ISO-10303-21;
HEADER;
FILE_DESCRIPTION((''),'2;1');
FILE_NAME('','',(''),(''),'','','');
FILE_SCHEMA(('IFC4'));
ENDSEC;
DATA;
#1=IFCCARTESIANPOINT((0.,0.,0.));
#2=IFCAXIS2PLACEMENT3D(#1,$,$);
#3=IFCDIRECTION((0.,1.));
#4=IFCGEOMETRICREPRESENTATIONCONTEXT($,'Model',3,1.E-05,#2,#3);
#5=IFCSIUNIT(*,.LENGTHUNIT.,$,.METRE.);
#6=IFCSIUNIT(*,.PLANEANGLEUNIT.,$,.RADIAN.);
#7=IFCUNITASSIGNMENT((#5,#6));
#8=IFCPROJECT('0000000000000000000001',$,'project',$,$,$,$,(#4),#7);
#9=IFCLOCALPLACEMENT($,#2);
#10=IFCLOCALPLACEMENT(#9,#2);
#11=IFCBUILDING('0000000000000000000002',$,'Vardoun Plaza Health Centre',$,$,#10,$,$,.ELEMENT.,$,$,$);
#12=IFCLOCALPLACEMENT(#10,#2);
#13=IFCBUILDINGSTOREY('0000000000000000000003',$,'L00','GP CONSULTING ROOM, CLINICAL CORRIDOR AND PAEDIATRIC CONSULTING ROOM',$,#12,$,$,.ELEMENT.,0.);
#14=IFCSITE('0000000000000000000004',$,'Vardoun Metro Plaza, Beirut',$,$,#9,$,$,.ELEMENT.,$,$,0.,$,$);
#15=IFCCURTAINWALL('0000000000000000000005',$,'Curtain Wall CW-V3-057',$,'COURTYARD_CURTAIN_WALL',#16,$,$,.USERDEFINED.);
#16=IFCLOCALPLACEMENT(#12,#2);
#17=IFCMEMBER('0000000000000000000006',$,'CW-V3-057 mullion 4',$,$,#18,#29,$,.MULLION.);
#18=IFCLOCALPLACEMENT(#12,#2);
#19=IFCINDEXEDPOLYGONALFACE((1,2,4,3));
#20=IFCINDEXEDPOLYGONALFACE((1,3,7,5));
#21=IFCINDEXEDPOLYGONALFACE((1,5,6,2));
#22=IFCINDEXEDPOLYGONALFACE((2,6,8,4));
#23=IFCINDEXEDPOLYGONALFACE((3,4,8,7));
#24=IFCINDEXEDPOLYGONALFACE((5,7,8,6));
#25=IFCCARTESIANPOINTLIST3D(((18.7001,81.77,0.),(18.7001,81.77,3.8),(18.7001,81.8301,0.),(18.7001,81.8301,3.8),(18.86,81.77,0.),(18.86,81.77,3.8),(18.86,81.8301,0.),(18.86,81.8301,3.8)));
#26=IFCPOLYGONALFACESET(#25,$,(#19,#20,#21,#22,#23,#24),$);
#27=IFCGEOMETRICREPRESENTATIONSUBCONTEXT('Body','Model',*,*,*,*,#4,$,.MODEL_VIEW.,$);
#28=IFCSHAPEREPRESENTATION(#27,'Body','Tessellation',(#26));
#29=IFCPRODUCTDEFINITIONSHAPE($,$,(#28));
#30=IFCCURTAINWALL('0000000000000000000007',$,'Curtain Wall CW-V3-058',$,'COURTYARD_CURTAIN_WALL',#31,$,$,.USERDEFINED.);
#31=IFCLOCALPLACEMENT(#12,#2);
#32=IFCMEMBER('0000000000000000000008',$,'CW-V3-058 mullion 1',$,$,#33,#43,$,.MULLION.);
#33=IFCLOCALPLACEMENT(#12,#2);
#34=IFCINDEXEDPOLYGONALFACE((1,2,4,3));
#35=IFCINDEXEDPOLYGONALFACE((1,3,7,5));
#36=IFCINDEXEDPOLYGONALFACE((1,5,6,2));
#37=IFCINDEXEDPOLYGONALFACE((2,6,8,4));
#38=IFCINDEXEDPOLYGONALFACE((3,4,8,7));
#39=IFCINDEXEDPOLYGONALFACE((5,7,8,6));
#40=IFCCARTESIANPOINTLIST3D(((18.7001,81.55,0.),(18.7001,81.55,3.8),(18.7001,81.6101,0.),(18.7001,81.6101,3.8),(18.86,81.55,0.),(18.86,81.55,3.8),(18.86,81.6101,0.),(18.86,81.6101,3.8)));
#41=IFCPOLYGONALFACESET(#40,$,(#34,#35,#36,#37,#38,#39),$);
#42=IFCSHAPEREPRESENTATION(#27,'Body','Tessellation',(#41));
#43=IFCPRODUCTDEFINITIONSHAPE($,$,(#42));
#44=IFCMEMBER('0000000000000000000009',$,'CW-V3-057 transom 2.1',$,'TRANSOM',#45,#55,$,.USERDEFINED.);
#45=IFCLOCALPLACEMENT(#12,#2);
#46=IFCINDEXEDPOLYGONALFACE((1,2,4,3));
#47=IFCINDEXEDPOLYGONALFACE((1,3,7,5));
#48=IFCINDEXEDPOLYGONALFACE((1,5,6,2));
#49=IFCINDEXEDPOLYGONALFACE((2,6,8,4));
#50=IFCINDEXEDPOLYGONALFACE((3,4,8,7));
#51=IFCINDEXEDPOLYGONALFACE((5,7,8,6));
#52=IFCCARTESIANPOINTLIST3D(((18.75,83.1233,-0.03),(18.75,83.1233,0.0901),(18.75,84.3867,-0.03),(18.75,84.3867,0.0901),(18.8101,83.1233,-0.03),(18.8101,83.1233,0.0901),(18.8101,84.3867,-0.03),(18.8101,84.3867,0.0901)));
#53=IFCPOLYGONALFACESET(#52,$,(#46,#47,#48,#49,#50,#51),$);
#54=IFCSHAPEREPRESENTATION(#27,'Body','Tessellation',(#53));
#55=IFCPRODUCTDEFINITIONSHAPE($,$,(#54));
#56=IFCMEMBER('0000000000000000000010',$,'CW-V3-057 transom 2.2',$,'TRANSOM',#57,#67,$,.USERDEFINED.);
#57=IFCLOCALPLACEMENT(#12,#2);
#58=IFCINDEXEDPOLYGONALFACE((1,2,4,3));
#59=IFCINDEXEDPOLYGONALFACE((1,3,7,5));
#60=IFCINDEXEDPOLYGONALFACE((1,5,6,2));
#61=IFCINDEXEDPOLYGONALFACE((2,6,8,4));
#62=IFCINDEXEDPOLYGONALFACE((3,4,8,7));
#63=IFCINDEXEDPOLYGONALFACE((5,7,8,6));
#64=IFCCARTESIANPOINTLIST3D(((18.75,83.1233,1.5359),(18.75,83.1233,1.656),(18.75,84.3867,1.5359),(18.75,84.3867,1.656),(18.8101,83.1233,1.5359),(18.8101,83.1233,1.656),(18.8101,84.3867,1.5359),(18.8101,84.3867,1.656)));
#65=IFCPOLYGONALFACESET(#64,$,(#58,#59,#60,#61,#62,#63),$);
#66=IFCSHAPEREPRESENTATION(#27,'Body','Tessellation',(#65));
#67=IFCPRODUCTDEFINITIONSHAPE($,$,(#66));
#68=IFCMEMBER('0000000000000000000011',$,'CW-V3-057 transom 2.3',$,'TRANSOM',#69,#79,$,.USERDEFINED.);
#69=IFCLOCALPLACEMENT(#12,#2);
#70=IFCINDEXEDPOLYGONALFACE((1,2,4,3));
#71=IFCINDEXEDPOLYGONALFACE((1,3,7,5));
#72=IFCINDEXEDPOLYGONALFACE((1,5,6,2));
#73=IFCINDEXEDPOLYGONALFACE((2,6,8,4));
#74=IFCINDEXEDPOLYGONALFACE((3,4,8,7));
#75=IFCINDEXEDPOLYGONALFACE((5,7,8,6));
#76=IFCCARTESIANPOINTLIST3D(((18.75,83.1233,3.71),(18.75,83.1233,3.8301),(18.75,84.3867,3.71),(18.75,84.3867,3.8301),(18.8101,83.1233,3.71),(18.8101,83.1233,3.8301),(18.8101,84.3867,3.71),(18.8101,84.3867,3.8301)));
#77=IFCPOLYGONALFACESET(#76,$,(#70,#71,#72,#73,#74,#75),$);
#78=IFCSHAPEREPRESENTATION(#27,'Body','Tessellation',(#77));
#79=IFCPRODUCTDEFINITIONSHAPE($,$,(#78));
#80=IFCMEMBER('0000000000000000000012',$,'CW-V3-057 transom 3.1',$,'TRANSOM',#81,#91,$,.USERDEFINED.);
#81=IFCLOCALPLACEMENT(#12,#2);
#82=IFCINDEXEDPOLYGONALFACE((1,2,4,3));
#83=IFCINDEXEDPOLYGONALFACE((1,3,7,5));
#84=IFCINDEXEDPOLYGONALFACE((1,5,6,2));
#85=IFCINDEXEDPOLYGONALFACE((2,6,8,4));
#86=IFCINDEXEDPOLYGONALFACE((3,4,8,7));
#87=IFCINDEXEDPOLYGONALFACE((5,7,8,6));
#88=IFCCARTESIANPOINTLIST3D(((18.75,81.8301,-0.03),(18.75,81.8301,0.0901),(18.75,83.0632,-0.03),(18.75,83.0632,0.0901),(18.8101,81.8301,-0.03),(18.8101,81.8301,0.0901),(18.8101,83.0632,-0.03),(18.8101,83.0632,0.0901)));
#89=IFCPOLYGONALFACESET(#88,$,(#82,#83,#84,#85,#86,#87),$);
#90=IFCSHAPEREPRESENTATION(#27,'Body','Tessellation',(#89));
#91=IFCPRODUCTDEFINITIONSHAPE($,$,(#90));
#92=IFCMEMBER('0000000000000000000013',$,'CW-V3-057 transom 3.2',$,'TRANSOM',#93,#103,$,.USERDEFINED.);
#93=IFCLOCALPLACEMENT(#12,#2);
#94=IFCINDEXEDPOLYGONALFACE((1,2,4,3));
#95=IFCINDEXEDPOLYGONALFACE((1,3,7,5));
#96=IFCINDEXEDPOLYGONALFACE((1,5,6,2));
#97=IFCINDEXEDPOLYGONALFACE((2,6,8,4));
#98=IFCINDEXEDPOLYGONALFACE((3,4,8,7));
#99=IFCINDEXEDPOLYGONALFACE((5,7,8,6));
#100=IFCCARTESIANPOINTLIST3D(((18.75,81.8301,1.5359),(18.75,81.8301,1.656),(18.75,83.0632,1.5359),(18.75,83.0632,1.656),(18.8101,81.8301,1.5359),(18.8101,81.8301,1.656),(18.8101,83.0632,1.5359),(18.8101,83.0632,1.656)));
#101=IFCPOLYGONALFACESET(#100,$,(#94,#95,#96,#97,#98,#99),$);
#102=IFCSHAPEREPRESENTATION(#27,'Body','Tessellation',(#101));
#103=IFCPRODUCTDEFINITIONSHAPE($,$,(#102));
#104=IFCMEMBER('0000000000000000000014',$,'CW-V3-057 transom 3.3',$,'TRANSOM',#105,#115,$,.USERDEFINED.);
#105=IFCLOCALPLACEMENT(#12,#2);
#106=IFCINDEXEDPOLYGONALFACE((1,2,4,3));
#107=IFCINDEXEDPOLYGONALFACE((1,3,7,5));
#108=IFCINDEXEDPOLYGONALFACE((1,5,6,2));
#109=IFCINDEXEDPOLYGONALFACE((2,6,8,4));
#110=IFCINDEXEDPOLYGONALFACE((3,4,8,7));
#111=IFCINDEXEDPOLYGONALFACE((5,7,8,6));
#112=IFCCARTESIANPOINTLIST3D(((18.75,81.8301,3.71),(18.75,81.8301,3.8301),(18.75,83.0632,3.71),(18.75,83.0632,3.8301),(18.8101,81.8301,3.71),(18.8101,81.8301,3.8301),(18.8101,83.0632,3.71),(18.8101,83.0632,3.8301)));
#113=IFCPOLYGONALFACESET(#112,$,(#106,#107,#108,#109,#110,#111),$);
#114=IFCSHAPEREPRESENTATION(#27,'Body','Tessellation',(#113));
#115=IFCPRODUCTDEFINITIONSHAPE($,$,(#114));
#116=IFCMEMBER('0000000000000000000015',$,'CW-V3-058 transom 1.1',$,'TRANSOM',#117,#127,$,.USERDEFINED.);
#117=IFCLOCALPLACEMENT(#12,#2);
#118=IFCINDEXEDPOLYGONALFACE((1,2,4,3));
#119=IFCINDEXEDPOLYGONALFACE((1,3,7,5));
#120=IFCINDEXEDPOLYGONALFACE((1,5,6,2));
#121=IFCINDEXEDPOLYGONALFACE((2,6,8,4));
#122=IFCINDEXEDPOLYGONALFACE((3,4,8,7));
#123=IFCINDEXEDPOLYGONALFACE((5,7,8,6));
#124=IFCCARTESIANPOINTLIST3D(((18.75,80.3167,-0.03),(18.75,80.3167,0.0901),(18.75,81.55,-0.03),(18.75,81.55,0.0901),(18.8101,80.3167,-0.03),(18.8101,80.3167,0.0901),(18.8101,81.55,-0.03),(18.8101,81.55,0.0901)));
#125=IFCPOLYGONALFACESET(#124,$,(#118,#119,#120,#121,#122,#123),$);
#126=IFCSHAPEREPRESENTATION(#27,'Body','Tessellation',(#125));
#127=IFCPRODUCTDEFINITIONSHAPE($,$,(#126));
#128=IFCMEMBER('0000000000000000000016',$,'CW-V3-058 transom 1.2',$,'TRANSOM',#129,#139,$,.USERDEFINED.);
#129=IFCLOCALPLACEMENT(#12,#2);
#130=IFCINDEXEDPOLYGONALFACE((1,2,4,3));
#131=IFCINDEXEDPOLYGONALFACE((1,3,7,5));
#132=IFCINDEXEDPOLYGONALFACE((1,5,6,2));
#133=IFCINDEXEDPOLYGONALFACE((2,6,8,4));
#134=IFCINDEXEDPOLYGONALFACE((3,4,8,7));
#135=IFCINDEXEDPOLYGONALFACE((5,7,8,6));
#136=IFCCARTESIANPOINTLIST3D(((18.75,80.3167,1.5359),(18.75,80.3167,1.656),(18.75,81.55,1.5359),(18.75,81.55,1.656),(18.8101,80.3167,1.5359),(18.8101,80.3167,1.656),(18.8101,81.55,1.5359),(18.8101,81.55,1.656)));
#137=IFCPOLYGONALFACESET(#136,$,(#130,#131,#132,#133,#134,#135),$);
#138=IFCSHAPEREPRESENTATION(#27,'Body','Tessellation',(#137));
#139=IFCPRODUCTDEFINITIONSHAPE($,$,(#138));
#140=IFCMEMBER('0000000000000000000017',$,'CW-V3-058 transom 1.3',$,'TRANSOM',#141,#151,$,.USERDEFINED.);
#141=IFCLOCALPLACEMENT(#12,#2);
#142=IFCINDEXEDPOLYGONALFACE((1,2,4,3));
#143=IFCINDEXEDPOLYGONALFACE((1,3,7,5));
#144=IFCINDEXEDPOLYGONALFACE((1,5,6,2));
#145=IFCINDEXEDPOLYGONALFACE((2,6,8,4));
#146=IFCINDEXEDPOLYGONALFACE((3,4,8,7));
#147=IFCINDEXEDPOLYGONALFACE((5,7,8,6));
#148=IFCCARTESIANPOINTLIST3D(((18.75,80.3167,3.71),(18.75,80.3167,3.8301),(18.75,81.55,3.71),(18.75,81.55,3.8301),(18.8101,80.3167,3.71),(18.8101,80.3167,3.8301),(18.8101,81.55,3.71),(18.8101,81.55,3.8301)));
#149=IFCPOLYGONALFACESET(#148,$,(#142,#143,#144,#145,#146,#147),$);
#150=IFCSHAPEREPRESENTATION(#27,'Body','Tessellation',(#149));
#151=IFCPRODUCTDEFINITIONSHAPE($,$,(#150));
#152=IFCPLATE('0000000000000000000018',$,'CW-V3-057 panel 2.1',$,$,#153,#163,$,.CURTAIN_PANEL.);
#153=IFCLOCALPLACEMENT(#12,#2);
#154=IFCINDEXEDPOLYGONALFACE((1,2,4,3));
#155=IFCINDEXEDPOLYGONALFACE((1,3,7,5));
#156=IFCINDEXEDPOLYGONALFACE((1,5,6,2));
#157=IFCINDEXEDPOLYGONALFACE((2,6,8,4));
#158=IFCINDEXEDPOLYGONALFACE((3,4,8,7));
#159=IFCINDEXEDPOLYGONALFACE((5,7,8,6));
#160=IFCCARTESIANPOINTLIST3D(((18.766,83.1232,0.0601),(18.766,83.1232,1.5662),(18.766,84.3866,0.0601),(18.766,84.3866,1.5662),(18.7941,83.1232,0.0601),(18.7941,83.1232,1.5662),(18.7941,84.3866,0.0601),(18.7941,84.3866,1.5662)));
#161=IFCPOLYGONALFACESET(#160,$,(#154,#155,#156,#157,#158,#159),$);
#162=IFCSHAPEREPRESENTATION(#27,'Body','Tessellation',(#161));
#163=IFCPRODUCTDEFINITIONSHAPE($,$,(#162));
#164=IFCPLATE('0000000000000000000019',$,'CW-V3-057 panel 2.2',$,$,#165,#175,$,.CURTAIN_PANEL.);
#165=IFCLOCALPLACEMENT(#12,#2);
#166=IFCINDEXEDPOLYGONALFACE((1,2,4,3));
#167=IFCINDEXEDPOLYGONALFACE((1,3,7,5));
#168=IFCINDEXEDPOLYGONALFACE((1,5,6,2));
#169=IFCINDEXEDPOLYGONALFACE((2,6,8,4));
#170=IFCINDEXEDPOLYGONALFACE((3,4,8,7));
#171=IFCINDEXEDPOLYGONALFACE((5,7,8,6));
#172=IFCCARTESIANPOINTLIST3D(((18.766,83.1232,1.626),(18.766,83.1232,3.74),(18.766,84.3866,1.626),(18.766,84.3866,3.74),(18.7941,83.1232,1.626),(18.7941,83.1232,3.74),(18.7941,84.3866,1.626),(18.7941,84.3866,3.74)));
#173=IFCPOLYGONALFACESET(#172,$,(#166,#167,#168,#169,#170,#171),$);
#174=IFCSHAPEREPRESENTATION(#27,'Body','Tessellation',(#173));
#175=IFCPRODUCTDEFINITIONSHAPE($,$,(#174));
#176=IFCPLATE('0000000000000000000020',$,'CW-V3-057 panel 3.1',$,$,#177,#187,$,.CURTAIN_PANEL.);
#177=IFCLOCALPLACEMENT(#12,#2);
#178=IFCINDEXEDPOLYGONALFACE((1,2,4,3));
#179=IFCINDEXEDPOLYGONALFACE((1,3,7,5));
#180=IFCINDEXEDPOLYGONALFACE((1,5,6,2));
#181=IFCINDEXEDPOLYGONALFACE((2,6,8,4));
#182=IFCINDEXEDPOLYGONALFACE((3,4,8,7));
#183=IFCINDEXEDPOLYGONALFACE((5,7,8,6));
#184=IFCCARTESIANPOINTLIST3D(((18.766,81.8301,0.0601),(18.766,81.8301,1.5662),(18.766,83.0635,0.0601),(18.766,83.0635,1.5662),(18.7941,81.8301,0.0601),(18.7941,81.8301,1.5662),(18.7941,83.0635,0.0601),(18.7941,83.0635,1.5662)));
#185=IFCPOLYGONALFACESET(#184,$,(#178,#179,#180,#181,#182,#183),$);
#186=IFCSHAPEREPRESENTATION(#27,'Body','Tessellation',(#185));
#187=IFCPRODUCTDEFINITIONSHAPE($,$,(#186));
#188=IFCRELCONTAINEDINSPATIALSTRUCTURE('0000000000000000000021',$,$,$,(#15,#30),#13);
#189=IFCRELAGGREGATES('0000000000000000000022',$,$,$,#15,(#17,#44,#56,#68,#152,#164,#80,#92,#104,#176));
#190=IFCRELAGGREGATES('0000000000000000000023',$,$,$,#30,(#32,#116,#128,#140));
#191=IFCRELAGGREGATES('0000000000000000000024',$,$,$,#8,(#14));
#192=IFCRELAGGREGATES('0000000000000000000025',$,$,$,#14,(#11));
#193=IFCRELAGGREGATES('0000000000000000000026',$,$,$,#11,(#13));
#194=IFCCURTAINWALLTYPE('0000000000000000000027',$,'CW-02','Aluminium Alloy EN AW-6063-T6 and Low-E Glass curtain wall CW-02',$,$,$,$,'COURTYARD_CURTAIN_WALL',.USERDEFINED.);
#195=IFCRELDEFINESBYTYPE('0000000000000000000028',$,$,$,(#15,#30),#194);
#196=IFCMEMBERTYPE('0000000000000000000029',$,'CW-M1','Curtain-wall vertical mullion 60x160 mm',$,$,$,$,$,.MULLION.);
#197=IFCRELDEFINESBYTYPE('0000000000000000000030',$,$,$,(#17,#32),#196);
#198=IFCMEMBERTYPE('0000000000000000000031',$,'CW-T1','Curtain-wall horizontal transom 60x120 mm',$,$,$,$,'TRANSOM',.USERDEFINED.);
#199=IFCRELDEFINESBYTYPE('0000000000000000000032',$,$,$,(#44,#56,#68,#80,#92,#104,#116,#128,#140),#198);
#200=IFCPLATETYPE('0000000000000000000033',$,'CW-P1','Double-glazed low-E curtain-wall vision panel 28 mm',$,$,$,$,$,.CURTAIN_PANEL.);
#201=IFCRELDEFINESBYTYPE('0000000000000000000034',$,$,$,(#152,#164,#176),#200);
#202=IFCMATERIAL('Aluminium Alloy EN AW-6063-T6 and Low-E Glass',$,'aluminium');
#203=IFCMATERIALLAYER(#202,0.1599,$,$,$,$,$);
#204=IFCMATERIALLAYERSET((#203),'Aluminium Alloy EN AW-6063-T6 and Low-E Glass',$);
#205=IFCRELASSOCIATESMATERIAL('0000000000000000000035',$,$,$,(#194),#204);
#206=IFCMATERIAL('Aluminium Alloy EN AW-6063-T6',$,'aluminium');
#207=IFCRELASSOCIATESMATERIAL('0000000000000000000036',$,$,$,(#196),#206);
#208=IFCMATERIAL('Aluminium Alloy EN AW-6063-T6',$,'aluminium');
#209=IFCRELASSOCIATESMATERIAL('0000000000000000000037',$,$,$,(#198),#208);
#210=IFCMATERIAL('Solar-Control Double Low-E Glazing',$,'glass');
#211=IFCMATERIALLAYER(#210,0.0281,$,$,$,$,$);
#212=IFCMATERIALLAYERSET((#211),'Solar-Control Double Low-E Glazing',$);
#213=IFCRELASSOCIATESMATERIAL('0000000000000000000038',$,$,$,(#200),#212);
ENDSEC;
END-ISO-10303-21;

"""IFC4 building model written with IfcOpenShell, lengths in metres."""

from ifc_helpers import new_model, si_unit, direction, frame, origin, origin_2d, place, context, subcontext, project, spatial, rectangle, extrude, material, layer, layer_set, material_profile, profile_set, type_object, element, aggregate, save


model = new_model("IFC4")

# Units and contexts
model_context = context("Model", 3, precision=1e-05, world=origin(), true_north=direction((0.0, 1.0)))
body_context = subcontext(model_context, "Body", "Model", "MODEL_VIEW")
ifc_project = project(units=[si_unit("LENGTHUNIT", "METRE"), si_unit("PLANEANGLEUNIT", "RADIAN")], contexts=[model_context])

# Site, building, storey
site_placement = place(None, origin())
site = spatial("IfcSite", under=ifc_project, at=site_placement, Name="Vardoun Metro Plaza, Beirut", CompositionType="ELEMENT", RefElevation=0.0)
building_placement = place(site_placement, origin())
building = spatial("IfcBuilding", under=site, at=building_placement, Name="Vardoun Plaza Health Centre", CompositionType="ELEMENT")
storey_placement = place(building_placement, origin())
storey = spatial("IfcBuildingStorey", under=building, at=storey_placement, Name="L00", Description="GP CONSULTING ROOM, CLINICAL CORRIDOR AND PAEDIATRIC CONSULTING ROOM", CompositionType="ELEMENT", Elevation=0.0)

# Curtain wall, member
ifc_material_1 = material(Name="Aluminium Alloy EN AW-6063-T6 and Low-E Glass", Category="aluminium")
ifc_layer_1 = layer(ifc_material_1, 0.1599)
ifc_layer_set_1 = layer_set([ifc_layer_1], Name="Aluminium Alloy EN AW-6063-T6 and Low-E Glass")
curtain_wall_type = type_object("IfcCurtainWallType", Name="CW-02", Description="Aluminium Alloy EN AW-6063-T6 and Low-E Glass curtain wall CW-02", ElementType="COURTYARD_CURTAIN_WALL", PredefinedType="USERDEFINED", material=ifc_layer_set_1)
curtain_wall_1_placement = place(storey_placement, origin())
curtain_wall_1 = element("IfcCurtainWall", 1, at=curtain_wall_1_placement, inside=storey, type_object=curtain_wall_type, Name="Curtain Wall CW-V3-057", ObjectType="COURTYARD_CURTAIN_WALL", PredefinedType="USERDEFINED")
ifc_material_2 = material(Name="Aluminium Alloy EN AW-6063-T6", Category="aluminium")
ifc_material_profile_1 = material_profile(ifc_material_2, rectangle(XDim=0.1599, YDim=0.0601, at=origin_2d()), Name="CWM 60x160")
ifc_profile_set_1 = profile_set([ifc_material_profile_1], Name="Aluminium Alloy EN AW-6063-T6")
member_type_1 = type_object("IfcMemberType", Name="CW-M1", Description="Curtain-wall vertical mullion 60x160 mm", PredefinedType="MULLION", material=ifc_profile_set_1)
member_1_placement = place(storey_placement, frame((18.78, 81.8, 0.0), z_axis=(0.0, 0.0, 1.0), x_axis=(1.0, 0.0, 0.0)))
member_1 = element("IfcMember", 2, at=member_1_placement, type_object=member_type_1, Name="CW-V3-057 mullion 4", PredefinedType="MULLION", context=body_context, shape_type="SweptSolid", body=[
    extrude(rectangle(XDim=0.1599, YDim=0.0601, at=origin_2d()), origin(), (0.0, 0.0, 1.0), 3.8),
])

# Curtain wall, member
curtain_wall_2_placement = place(storey_placement, origin())
curtain_wall_2 = element("IfcCurtainWall", 3, at=curtain_wall_2_placement, inside=storey, type_object=curtain_wall_type, Name="Curtain Wall CW-V3-058", ObjectType="COURTYARD_CURTAIN_WALL", PredefinedType="USERDEFINED")
member_2_placement = place(storey_placement, frame((18.78, 81.5801, 0.0), z_axis=(0.0, 0.0, 1.0), x_axis=(1.0, 0.0, 0.0)))
member_2 = element("IfcMember", 4, at=member_2_placement, type_object=member_type_1, Name="CW-V3-058 mullion 1", PredefinedType="MULLION", context=body_context, shape_type="SweptSolid", body=[
    extrude(rectangle(XDim=0.1599, YDim=0.0601, at=origin_2d()), origin(), (0.0, 0.0, 1.0), 3.8),
])

# Members
ifc_material_3 = material(Name="Aluminium Alloy EN AW-6063-T6", Category="aluminium")
ifc_material_profile_2 = material_profile(ifc_material_3, rectangle(XDim=0.0601, YDim=0.1201, at=origin_2d()), Name="CWT 60x120")
ifc_profile_set_2 = profile_set([ifc_material_profile_2], Name="Aluminium Alloy EN AW-6063-T6")
member_type_2 = type_object("IfcMemberType", Name="CW-T1", Description="Curtain-wall horizontal transom 60x120 mm", ElementType="TRANSOM", PredefinedType="USERDEFINED", material=ifc_profile_set_2)
member_3_placement = place(storey_placement, frame((18.78, 84.3867, 0.03), z_axis=(0.0, -1.0, 0.0), x_axis=(1.0, 0.0, 0.0)))
member_3 = element("IfcMember", 5, at=member_3_placement, type_object=member_type_2, Name="CW-V3-057 transom 2.1", ObjectType="TRANSOM", PredefinedType="USERDEFINED", context=body_context, shape_type="SweptSolid", body=[
    extrude(rectangle(XDim=0.0601, YDim=0.1201, at=origin_2d()), origin(), (0.0, 0.0, 1.0), 1.2634),
])
member_4_placement = place(storey_placement, frame((18.78, 84.3867, 1.5959), z_axis=(0.0, -1.0, 0.0), x_axis=(1.0, 0.0, 0.0)))
member_4 = element("IfcMember", 6, at=member_4_placement, type_object=member_type_2, Name="CW-V3-057 transom 2.2", ObjectType="TRANSOM", PredefinedType="USERDEFINED", context=body_context, shape_type="SweptSolid", body=[
    extrude(rectangle(XDim=0.0601, YDim=0.1201, at=origin_2d()), origin(), (0.0, 0.0, 1.0), 1.2634),
])
member_5_placement = place(storey_placement, frame((18.78, 84.3867, 3.77), z_axis=(0.0, -1.0, 0.0), x_axis=(1.0, 0.0, 0.0)))
member_5 = element("IfcMember", 7, at=member_5_placement, type_object=member_type_2, Name="CW-V3-057 transom 2.3", ObjectType="TRANSOM", PredefinedType="USERDEFINED", context=body_context, shape_type="SweptSolid", body=[
    extrude(rectangle(XDim=0.0601, YDim=0.1201, at=origin_2d()), origin(), (0.0, 0.0, 1.0), 1.2634),
])
member_6_placement = place(storey_placement, frame((18.78, 83.0632, 0.03), z_axis=(0.0, -1.0, 0.0), x_axis=(1.0, 0.0, 0.0)))
member_6 = element("IfcMember", 8, at=member_6_placement, type_object=member_type_2, Name="CW-V3-057 transom 3.1", ObjectType="TRANSOM", PredefinedType="USERDEFINED", context=body_context, shape_type="SweptSolid", body=[
    extrude(rectangle(XDim=0.0601, YDim=0.1201, at=origin_2d()), origin(), (0.0, 0.0, 1.0), 1.2332),
])
member_7_placement = place(storey_placement, frame((18.78, 83.0632, 1.5959), z_axis=(0.0, -1.0, 0.0), x_axis=(1.0, 0.0, 0.0)))
member_7 = element("IfcMember", 9, at=member_7_placement, type_object=member_type_2, Name="CW-V3-057 transom 3.2", ObjectType="TRANSOM", PredefinedType="USERDEFINED", context=body_context, shape_type="SweptSolid", body=[
    extrude(rectangle(XDim=0.0601, YDim=0.1201, at=origin_2d()), origin(), (0.0, 0.0, 1.0), 1.2332),
])
member_8_placement = place(storey_placement, frame((18.78, 83.0632, 3.77), z_axis=(0.0, -1.0, 0.0), x_axis=(1.0, 0.0, 0.0)))
member_8 = element("IfcMember", 10, at=member_8_placement, type_object=member_type_2, Name="CW-V3-057 transom 3.3", ObjectType="TRANSOM", PredefinedType="USERDEFINED", context=body_context, shape_type="SweptSolid", body=[
    extrude(rectangle(XDim=0.0601, YDim=0.1201, at=origin_2d()), origin(), (0.0, 0.0, 1.0), 1.2332),
])
member_9_placement = place(storey_placement, frame((18.78, 81.55, 0.03), z_axis=(0.0, -1.0, 0.0), x_axis=(1.0, 0.0, 0.0)))
member_9 = element("IfcMember", 11, at=member_9_placement, type_object=member_type_2, Name="CW-V3-058 transom 1.1", ObjectType="TRANSOM", PredefinedType="USERDEFINED", context=body_context, shape_type="SweptSolid", body=[
    extrude(rectangle(XDim=0.0601, YDim=0.1201, at=origin_2d()), origin(), (0.0, 0.0, 1.0), 1.2334),
])
member_10_placement = place(storey_placement, frame((18.78, 81.55, 1.5959), z_axis=(0.0, -1.0, 0.0), x_axis=(1.0, 0.0, 0.0)))
member_10 = element("IfcMember", 12, at=member_10_placement, type_object=member_type_2, Name="CW-V3-058 transom 1.2", ObjectType="TRANSOM", PredefinedType="USERDEFINED", context=body_context, shape_type="SweptSolid", body=[
    extrude(rectangle(XDim=0.0601, YDim=0.1201, at=origin_2d()), origin(), (0.0, 0.0, 1.0), 1.2334),
])
member_11_placement = place(storey_placement, frame((18.78, 81.55, 3.77), z_axis=(0.0, -1.0, 0.0), x_axis=(1.0, 0.0, 0.0)))
member_11 = element("IfcMember", 13, at=member_11_placement, type_object=member_type_2, Name="CW-V3-058 transom 1.3", ObjectType="TRANSOM", PredefinedType="USERDEFINED", context=body_context, shape_type="SweptSolid", body=[
    extrude(rectangle(XDim=0.0601, YDim=0.1201, at=origin_2d()), origin(), (0.0, 0.0, 1.0), 1.2334),
])

# Plates
ifc_material_4 = material(Name="Solar-Control Double Low-E Glazing", Category="glass")
ifc_layer_2 = layer(ifc_material_4, 0.0281)
ifc_layer_set_2 = layer_set([ifc_layer_2], Name="Solar-Control Double Low-E Glazing")
plate_type = type_object("IfcPlateType", Name="CW-P1", Description="Double-glazed low-E curtain-wall vision panel 28 mm", PredefinedType="CURTAIN_PANEL", material=ifc_layer_set_2)
plate_1_placement = place(storey_placement, frame((18.78, 83.7549, 0.0601), z_axis=(0.0, 0.0, 1.0), x_axis=(0.0, -1.0, 0.0)))
plate_1 = element("IfcPlate", 14, at=plate_1_placement, type_object=plate_type, Name="CW-V3-057 panel 2.1", PredefinedType="CURTAIN_PANEL", context=body_context, shape_type="SweptSolid", body=[
    extrude(rectangle(XDim=1.2634, YDim=0.0281, at=origin_2d()), origin(), (0.0, 0.0, 1.0), 1.5061),
])
plate_2_placement = place(storey_placement, frame((18.78, 83.7549, 1.626), z_axis=(0.0, 0.0, 1.0), x_axis=(0.0, -1.0, 0.0)))
plate_2 = element("IfcPlate", 15, at=plate_2_placement, type_object=plate_type, Name="CW-V3-057 panel 2.2", PredefinedType="CURTAIN_PANEL", context=body_context, shape_type="SweptSolid", body=[
    extrude(rectangle(XDim=1.2634, YDim=0.0281, at=origin_2d()), origin(), (0.0, 0.0, 1.0), 2.114),
])
plate_3_placement = place(storey_placement, frame((18.78, 82.4468, 0.0601), z_axis=(0.0, 0.0, 1.0), x_axis=(0.0, -1.0, 0.0)))
plate_3 = element("IfcPlate", 16, at=plate_3_placement, type_object=plate_type, Name="CW-V3-057 panel 3.1", PredefinedType="CURTAIN_PANEL", context=body_context, shape_type="SweptSolid", body=[
    extrude(rectangle(XDim=1.2334, YDim=0.0281, at=origin_2d()), origin(), (0.0, 0.0, 1.0), 1.5061),
])
aggregate(curtain_wall_1, [member_1, member_3, member_4, member_5, plate_1, plate_2, member_6, member_7, member_8, plate_3])
aggregate(curtain_wall_2, [member_2, member_9, member_10, member_11])

save(model, "model.ifc")
